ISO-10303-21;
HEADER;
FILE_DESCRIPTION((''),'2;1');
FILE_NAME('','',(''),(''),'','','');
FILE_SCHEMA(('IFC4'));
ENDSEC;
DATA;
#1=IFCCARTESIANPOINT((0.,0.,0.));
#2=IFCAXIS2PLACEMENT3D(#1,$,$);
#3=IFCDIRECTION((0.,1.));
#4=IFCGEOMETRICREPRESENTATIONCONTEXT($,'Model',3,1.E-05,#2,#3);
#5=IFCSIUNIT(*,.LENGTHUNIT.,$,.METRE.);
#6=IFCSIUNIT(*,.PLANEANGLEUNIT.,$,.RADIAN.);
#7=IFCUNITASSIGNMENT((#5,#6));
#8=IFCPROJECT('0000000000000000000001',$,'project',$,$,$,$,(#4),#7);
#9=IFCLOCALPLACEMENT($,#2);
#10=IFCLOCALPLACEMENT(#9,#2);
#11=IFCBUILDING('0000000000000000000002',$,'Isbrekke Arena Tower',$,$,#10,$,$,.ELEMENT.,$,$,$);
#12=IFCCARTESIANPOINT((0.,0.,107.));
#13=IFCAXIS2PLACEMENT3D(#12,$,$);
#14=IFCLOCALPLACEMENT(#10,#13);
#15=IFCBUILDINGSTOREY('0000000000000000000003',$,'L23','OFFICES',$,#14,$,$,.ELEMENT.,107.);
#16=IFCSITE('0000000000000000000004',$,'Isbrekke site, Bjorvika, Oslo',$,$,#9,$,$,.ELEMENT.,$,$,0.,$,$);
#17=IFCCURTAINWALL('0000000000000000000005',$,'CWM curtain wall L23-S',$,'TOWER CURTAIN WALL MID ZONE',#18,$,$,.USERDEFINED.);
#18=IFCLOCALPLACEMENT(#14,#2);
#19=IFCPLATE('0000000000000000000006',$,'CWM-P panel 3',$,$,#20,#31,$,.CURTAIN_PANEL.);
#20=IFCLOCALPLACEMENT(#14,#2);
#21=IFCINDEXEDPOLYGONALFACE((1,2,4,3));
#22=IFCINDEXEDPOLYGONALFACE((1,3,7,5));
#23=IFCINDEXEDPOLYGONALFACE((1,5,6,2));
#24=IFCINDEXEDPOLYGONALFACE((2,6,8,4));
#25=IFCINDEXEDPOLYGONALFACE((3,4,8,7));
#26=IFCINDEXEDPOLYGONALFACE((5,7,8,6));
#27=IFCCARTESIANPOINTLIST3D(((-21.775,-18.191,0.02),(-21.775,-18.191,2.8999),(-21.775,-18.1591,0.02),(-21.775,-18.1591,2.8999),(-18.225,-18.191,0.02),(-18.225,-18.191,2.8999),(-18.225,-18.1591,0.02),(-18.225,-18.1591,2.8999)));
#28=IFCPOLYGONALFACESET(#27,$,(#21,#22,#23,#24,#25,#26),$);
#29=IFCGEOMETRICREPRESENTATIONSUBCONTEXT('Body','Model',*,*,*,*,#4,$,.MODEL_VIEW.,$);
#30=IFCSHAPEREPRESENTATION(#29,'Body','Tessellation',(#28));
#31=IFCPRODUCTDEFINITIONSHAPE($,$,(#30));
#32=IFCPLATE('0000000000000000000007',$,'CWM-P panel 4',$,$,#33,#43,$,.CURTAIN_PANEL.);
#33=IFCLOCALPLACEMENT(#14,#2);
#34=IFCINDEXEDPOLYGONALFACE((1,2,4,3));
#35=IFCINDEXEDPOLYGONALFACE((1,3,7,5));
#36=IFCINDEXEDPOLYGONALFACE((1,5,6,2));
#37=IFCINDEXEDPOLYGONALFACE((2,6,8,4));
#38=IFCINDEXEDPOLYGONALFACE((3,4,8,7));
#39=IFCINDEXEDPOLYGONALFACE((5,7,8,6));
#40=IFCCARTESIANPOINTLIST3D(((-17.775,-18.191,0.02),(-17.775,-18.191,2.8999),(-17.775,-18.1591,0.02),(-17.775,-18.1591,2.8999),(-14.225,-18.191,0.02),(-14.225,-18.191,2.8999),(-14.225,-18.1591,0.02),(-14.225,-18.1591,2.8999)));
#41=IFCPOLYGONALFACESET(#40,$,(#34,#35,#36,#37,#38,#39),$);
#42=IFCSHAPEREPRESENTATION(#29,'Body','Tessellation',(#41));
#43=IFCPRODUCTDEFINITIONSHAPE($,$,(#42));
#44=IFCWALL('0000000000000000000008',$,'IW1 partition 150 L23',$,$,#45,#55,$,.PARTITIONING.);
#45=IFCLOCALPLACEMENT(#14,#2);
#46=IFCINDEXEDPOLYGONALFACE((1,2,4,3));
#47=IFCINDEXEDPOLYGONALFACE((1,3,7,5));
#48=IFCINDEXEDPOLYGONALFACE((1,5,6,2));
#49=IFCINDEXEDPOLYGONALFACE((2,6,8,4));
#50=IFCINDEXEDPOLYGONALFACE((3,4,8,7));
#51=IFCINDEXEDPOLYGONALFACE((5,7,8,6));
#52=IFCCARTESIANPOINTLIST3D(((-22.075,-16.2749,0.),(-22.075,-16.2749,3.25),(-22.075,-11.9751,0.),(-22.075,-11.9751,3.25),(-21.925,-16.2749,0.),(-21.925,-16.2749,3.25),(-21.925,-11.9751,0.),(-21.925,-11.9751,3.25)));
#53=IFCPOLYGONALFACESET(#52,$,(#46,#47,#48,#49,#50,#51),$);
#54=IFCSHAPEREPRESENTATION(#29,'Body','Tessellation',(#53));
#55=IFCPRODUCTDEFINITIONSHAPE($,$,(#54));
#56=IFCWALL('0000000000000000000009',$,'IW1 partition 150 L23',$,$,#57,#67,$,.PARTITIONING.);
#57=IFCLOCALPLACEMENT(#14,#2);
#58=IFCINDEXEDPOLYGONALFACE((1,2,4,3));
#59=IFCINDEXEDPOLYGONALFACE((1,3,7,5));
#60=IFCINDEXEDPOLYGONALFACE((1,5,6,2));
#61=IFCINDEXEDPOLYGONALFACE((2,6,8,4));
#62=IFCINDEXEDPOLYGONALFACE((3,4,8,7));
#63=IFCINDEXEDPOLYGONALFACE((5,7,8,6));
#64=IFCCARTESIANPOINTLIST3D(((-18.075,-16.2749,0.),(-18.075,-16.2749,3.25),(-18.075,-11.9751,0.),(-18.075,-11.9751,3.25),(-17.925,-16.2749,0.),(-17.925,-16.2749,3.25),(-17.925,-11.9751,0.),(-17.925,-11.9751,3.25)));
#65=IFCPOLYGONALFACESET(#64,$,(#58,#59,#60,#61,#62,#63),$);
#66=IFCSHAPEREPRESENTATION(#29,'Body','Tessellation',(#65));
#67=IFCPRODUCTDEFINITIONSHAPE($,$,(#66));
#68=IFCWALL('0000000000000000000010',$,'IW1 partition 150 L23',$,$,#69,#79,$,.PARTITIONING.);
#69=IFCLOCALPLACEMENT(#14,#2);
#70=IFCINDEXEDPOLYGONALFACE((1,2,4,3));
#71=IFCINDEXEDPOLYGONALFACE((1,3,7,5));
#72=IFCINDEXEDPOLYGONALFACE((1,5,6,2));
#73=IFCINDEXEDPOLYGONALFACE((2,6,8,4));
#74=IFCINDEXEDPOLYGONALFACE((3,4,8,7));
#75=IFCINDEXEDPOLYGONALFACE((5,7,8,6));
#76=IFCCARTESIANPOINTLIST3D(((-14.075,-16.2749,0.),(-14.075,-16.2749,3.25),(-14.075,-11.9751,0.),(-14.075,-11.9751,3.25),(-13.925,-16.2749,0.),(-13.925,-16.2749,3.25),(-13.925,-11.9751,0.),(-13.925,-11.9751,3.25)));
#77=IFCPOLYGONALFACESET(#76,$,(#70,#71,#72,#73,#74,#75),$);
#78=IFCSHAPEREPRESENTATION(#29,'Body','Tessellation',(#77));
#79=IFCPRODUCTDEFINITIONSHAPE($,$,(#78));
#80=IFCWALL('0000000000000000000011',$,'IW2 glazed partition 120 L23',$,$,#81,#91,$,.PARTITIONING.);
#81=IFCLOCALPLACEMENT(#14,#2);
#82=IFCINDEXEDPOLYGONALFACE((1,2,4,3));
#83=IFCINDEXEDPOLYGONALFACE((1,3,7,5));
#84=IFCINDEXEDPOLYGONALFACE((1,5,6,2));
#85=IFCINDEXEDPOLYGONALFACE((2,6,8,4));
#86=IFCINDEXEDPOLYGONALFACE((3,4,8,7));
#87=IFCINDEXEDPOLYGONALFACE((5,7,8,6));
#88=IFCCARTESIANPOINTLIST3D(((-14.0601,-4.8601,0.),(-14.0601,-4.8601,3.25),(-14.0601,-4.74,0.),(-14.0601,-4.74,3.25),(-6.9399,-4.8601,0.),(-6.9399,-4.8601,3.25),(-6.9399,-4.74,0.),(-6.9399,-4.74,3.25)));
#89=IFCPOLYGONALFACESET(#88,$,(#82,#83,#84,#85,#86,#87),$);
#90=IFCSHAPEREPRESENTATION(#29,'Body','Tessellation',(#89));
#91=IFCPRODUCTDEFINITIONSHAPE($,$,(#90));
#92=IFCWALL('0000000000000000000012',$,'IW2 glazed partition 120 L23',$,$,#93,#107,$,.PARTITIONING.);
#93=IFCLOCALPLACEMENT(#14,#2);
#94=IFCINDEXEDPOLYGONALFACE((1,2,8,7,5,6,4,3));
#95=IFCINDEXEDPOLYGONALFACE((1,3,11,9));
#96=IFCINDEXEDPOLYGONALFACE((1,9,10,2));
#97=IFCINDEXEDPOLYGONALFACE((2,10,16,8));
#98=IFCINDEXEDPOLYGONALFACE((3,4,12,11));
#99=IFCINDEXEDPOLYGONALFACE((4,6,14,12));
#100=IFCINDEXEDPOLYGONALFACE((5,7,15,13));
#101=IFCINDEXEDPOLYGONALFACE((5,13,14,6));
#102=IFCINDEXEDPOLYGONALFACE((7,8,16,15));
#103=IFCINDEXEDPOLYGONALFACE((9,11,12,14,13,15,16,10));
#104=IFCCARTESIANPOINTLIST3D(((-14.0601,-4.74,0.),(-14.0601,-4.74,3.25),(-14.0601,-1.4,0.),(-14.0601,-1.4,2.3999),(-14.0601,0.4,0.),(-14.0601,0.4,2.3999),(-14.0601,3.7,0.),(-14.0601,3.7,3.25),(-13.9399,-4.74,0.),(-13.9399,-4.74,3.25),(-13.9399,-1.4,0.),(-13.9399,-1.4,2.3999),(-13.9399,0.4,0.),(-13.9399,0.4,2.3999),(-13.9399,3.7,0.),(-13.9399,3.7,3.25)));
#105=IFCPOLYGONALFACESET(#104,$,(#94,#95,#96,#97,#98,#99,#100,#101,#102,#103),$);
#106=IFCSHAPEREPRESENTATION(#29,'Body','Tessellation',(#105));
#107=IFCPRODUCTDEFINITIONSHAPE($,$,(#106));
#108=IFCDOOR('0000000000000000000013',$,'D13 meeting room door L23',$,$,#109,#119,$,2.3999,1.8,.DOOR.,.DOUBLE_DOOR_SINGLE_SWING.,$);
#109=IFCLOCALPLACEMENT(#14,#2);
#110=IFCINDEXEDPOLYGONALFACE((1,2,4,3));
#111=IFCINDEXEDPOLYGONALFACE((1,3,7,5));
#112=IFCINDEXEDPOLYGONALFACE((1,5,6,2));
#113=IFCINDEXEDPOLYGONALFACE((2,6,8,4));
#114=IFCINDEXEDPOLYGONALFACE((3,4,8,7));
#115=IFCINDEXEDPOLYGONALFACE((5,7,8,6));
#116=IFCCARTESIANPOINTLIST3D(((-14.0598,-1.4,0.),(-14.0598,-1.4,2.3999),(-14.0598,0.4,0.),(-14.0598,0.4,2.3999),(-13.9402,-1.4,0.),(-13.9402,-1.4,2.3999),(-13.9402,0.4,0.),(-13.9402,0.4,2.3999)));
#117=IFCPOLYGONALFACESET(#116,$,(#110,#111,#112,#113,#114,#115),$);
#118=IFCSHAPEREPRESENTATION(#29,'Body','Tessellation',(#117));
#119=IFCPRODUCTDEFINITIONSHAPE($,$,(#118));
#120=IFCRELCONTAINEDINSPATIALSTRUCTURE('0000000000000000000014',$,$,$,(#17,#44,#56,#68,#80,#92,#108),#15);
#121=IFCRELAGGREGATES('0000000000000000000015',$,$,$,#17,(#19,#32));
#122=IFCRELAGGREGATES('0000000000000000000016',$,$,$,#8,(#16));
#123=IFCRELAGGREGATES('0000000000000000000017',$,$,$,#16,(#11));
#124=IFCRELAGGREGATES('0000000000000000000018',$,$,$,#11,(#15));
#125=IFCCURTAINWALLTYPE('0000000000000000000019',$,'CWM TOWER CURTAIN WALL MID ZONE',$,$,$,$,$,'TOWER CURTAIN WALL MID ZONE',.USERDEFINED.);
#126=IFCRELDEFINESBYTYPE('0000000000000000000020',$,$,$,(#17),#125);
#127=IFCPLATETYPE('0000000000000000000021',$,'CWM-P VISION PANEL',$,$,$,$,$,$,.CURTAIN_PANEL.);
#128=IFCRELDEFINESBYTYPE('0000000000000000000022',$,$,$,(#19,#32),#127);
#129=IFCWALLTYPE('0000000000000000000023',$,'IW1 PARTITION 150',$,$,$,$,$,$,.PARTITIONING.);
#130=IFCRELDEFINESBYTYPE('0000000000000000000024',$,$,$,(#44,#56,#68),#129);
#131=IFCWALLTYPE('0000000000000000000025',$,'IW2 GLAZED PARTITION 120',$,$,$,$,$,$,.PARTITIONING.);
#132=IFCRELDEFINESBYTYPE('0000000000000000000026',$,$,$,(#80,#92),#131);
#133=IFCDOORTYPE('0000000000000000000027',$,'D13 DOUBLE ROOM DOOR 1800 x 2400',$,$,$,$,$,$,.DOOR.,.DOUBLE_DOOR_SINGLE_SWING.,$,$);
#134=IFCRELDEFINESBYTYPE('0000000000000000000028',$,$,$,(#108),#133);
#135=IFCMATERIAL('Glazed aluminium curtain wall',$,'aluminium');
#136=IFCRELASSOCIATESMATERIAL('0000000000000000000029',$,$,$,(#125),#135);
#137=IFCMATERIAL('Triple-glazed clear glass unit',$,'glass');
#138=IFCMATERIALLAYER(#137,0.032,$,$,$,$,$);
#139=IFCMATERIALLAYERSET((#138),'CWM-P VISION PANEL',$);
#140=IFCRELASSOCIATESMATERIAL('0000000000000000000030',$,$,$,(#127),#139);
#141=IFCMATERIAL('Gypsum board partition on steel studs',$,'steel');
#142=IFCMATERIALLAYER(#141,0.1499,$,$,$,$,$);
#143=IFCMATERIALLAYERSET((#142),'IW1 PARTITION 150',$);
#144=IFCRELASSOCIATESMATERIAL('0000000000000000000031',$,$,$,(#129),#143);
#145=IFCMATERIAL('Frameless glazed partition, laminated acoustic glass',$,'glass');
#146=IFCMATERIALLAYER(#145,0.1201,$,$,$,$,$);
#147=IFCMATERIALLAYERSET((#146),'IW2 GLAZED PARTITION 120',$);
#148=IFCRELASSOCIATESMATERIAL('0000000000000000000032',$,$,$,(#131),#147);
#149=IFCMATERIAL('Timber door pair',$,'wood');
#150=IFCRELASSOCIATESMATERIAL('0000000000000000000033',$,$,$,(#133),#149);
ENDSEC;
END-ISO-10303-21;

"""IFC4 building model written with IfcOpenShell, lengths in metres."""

from ifc_helpers import new_model, si_unit, direction, frame, frame_2d, origin, origin_2d, place, context, subcontext, project, spatial, rectangle, extrude, material, layer, layer_set, type_object, element, fill, aggregate, save


model = new_model("IFC4")

# Units and contexts
model_context = context("Model", 3, precision=1e-05, world=origin(), true_north=direction((0.0, 1.0)))
body_context = subcontext(model_context, "Body", "Model", "MODEL_VIEW")
ifc_project = project(units=[si_unit("LENGTHUNIT", "METRE"), si_unit("PLANEANGLEUNIT", "RADIAN")], contexts=[model_context])

# Site, building, storey
site_placement = place(None, origin())
site = spatial("IfcSite", under=ifc_project, at=site_placement, Name="Isbrekke site, Bjorvika, Oslo", CompositionType="ELEMENT", RefElevation=0.0)
building_placement = place(site_placement, origin())
building = spatial("IfcBuilding", under=site, at=building_placement, Name="Isbrekke Arena Tower", CompositionType="ELEMENT")
storey_placement = place(building_placement, frame((0.0, 0.0, 107.0)))
storey = spatial("IfcBuildingStorey", under=building, at=storey_placement, Name="L23", Description="OFFICES", CompositionType="ELEMENT", Elevation=107.0)

# Curtain wall
ifc_material_1 = material(Name="Glazed aluminium curtain wall", Category="aluminium")
curtain_wall_type = type_object("IfcCurtainWallType", Name="CWM TOWER CURTAIN WALL MID ZONE", ElementType="TOWER CURTAIN WALL MID ZONE", PredefinedType="USERDEFINED", material=ifc_material_1)
curtain_wall_placement = place(storey_placement, origin())
curtain_wall = element("IfcCurtainWall", 1, at=curtain_wall_placement, inside=storey, type_object=curtain_wall_type, Name="CWM curtain wall L23-S", ObjectType="TOWER CURTAIN WALL MID ZONE", PredefinedType="USERDEFINED")

# Plates
ifc_material_2 = material(Name="Triple-glazed clear glass unit", Category="glass")
ifc_layer_1 = layer(ifc_material_2, 0.032)
ifc_layer_set_1 = layer_set([ifc_layer_1], Name="CWM-P VISION PANEL")
plate_type = type_object("IfcPlateType", Name="CWM-P VISION PANEL", PredefinedType="CURTAIN_PANEL", material=ifc_layer_set_1)
plate_1_placement = place(storey_placement, frame((-20.0, -18.175, 0.02), z_axis=(0.0, 0.0, 1.0), x_axis=(1.0, 0.0, 0.0)))
plate_1 = element("IfcPlate", 2, at=plate_1_placement, type_object=plate_type, Name="CWM-P panel 3", PredefinedType="CURTAIN_PANEL", context=body_context, shape_type="SweptSolid", body=[
    extrude(rectangle(XDim=3.55, YDim=0.032, at=origin_2d()), origin(), (0.0, 0.0, 1.0), 2.8799),
])
plate_2_placement = place(storey_placement, frame((-16.0, -18.175, 0.02), z_axis=(0.0, 0.0, 1.0), x_axis=(1.0, 0.0, 0.0)))
plate_2 = element("IfcPlate", 3, at=plate_2_placement, type_object=plate_type, Name="CWM-P panel 4", PredefinedType="CURTAIN_PANEL", context=body_context, shape_type="SweptSolid", body=[
    extrude(rectangle(XDim=3.55, YDim=0.032, at=origin_2d()), origin(), (0.0, 0.0, 1.0), 2.8799),
])
aggregate(curtain_wall, [plate_1, plate_2])

# Walls
ifc_material_3 = material(Name="Gypsum board partition on steel studs", Category="steel")
ifc_layer_2 = layer(ifc_material_3, 0.1499)
ifc_layer_set_2 = layer_set([ifc_layer_2], Name="IW1 PARTITION 150")
wall_type_1 = type_object("IfcWallType", Name="IW1 PARTITION 150", PredefinedType="PARTITIONING", material=ifc_layer_set_2)
for number, where, z_axis, x_axis, name in (
    (4, (-22.0, -16.2749, 0.0), (0.0, 0.0, 1.0), (0.0, 1.0, 0.0), "IW1 partition 150 L23"),
    (5, (-18.0, -16.2749, 0.0), (0.0, 0.0, 1.0), (0.0, 1.0, 0.0), "IW1 partition 150 L23"),
    (6, (-14.0, -16.2749, 0.0), (0.0, 0.0, 1.0), (0.0, 1.0, 0.0), "IW1 partition 150 L23"),
):
    element("IfcWall", number, at=place(storey_placement, frame(where, z_axis=z_axis, x_axis=x_axis)), inside=storey, type_object=wall_type_1, Name=name, PredefinedType="PARTITIONING", context=body_context, shape_type="SweptSolid", body=[
        extrude(rectangle(XDim=4.2998, YDim=0.1499, at=frame_2d((2.1499, 0.0))), origin(), (0.0, 0.0, 1.0), 3.25),
    ])
ifc_material_4 = material(Name="Frameless glazed partition, laminated acoustic glass", Category="glass")
ifc_layer_3 = layer(ifc_material_4, 0.1201)
ifc_layer_set_3 = layer_set([ifc_layer_3], Name="IW2 GLAZED PARTITION 120")
wall_type_2 = type_object("IfcWallType", Name="IW2 GLAZED PARTITION 120", PredefinedType="PARTITIONING", material=ifc_layer_set_3)
wall_1_placement = place(storey_placement, frame((-14.0601, -4.8, 0.0), z_axis=(0.0, 0.0, 1.0), x_axis=(1.0, 0.0, 0.0)))
element("IfcWall", 7, at=wall_1_placement, inside=storey, type_object=wall_type_2, Name="IW2 glazed partition 120 L23", PredefinedType="PARTITIONING", context=body_context, shape_type="SweptSolid", body=[
    extrude(rectangle(XDim=7.1201, YDim=0.1201, at=frame_2d((3.5601, 0.0))), origin(), (0.0, 0.0, 1.0), 3.25),
])

# Wall, opening, door
wall_2_placement = place(storey_placement, frame((-14.0, -4.74, 0.0), z_axis=(0.0, 0.0, 1.0), x_axis=(0.0, 1.0, 0.0)))
wall_2 = element("IfcWall", 8, at=wall_2_placement, inside=storey, type_object=wall_type_2, Name="IW2 glazed partition 120 L23", PredefinedType="PARTITIONING", context=body_context, shape_type="SweptSolid", body=[
    extrude(rectangle(XDim=8.4399, YDim=0.1201, at=frame_2d((4.22, 0.0))), origin(), (0.0, 0.0, 1.0), 3.25),
])
opening_placement = place(wall_2_placement, frame((3.3401, 0.0, 0.0)))
opening = element("IfcOpeningElement", 9, at=opening_placement, cuts=wall_2, PredefinedType="OPENING", context=body_context, shape_type="SweptSolid", body=[
    extrude(rectangle(XDim=1.8, YDim=2.3999, at=frame_2d((0.8999, 1.2))), frame((0.0, 0.075, 0.0), z_axis=(0.0, -1.0, 0.0), x_axis=(1.0, 0.0, 0.0)), (0.0, 0.0, 1.0), 0.1499),
])
ifc_material_5 = material(Name="Timber door pair", Category="wood")
door_type = type_object("IfcDoorType", Name="D13 DOUBLE ROOM DOOR 1800 x 2400", OperationType="DOUBLE_DOOR_SINGLE_SWING", PredefinedType="DOOR", material=ifc_material_5)
door_placement = place(opening_placement, origin())
door = element("IfcDoor", 10, at=door_placement, inside=storey, type_object=door_type, Name="D13 meeting room door L23", OperationType="DOUBLE_DOOR_SINGLE_SWING", OverallHeight=2.3999, OverallWidth=1.8, PredefinedType="DOOR", context=body_context, shape_type="SweptSolid", body=[
    extrude(rectangle(XDim=1.8, YDim=2.3999, at=frame_2d((0.8999, 1.2))), frame((0.0, 0.0598, 0.0), z_axis=(0.0, -1.0, 0.0), x_axis=(1.0, 0.0, 0.0)), (0.0, 0.0, 1.0), 0.1196),
])
fill(opening, door)

save(model, "model.ifc")
